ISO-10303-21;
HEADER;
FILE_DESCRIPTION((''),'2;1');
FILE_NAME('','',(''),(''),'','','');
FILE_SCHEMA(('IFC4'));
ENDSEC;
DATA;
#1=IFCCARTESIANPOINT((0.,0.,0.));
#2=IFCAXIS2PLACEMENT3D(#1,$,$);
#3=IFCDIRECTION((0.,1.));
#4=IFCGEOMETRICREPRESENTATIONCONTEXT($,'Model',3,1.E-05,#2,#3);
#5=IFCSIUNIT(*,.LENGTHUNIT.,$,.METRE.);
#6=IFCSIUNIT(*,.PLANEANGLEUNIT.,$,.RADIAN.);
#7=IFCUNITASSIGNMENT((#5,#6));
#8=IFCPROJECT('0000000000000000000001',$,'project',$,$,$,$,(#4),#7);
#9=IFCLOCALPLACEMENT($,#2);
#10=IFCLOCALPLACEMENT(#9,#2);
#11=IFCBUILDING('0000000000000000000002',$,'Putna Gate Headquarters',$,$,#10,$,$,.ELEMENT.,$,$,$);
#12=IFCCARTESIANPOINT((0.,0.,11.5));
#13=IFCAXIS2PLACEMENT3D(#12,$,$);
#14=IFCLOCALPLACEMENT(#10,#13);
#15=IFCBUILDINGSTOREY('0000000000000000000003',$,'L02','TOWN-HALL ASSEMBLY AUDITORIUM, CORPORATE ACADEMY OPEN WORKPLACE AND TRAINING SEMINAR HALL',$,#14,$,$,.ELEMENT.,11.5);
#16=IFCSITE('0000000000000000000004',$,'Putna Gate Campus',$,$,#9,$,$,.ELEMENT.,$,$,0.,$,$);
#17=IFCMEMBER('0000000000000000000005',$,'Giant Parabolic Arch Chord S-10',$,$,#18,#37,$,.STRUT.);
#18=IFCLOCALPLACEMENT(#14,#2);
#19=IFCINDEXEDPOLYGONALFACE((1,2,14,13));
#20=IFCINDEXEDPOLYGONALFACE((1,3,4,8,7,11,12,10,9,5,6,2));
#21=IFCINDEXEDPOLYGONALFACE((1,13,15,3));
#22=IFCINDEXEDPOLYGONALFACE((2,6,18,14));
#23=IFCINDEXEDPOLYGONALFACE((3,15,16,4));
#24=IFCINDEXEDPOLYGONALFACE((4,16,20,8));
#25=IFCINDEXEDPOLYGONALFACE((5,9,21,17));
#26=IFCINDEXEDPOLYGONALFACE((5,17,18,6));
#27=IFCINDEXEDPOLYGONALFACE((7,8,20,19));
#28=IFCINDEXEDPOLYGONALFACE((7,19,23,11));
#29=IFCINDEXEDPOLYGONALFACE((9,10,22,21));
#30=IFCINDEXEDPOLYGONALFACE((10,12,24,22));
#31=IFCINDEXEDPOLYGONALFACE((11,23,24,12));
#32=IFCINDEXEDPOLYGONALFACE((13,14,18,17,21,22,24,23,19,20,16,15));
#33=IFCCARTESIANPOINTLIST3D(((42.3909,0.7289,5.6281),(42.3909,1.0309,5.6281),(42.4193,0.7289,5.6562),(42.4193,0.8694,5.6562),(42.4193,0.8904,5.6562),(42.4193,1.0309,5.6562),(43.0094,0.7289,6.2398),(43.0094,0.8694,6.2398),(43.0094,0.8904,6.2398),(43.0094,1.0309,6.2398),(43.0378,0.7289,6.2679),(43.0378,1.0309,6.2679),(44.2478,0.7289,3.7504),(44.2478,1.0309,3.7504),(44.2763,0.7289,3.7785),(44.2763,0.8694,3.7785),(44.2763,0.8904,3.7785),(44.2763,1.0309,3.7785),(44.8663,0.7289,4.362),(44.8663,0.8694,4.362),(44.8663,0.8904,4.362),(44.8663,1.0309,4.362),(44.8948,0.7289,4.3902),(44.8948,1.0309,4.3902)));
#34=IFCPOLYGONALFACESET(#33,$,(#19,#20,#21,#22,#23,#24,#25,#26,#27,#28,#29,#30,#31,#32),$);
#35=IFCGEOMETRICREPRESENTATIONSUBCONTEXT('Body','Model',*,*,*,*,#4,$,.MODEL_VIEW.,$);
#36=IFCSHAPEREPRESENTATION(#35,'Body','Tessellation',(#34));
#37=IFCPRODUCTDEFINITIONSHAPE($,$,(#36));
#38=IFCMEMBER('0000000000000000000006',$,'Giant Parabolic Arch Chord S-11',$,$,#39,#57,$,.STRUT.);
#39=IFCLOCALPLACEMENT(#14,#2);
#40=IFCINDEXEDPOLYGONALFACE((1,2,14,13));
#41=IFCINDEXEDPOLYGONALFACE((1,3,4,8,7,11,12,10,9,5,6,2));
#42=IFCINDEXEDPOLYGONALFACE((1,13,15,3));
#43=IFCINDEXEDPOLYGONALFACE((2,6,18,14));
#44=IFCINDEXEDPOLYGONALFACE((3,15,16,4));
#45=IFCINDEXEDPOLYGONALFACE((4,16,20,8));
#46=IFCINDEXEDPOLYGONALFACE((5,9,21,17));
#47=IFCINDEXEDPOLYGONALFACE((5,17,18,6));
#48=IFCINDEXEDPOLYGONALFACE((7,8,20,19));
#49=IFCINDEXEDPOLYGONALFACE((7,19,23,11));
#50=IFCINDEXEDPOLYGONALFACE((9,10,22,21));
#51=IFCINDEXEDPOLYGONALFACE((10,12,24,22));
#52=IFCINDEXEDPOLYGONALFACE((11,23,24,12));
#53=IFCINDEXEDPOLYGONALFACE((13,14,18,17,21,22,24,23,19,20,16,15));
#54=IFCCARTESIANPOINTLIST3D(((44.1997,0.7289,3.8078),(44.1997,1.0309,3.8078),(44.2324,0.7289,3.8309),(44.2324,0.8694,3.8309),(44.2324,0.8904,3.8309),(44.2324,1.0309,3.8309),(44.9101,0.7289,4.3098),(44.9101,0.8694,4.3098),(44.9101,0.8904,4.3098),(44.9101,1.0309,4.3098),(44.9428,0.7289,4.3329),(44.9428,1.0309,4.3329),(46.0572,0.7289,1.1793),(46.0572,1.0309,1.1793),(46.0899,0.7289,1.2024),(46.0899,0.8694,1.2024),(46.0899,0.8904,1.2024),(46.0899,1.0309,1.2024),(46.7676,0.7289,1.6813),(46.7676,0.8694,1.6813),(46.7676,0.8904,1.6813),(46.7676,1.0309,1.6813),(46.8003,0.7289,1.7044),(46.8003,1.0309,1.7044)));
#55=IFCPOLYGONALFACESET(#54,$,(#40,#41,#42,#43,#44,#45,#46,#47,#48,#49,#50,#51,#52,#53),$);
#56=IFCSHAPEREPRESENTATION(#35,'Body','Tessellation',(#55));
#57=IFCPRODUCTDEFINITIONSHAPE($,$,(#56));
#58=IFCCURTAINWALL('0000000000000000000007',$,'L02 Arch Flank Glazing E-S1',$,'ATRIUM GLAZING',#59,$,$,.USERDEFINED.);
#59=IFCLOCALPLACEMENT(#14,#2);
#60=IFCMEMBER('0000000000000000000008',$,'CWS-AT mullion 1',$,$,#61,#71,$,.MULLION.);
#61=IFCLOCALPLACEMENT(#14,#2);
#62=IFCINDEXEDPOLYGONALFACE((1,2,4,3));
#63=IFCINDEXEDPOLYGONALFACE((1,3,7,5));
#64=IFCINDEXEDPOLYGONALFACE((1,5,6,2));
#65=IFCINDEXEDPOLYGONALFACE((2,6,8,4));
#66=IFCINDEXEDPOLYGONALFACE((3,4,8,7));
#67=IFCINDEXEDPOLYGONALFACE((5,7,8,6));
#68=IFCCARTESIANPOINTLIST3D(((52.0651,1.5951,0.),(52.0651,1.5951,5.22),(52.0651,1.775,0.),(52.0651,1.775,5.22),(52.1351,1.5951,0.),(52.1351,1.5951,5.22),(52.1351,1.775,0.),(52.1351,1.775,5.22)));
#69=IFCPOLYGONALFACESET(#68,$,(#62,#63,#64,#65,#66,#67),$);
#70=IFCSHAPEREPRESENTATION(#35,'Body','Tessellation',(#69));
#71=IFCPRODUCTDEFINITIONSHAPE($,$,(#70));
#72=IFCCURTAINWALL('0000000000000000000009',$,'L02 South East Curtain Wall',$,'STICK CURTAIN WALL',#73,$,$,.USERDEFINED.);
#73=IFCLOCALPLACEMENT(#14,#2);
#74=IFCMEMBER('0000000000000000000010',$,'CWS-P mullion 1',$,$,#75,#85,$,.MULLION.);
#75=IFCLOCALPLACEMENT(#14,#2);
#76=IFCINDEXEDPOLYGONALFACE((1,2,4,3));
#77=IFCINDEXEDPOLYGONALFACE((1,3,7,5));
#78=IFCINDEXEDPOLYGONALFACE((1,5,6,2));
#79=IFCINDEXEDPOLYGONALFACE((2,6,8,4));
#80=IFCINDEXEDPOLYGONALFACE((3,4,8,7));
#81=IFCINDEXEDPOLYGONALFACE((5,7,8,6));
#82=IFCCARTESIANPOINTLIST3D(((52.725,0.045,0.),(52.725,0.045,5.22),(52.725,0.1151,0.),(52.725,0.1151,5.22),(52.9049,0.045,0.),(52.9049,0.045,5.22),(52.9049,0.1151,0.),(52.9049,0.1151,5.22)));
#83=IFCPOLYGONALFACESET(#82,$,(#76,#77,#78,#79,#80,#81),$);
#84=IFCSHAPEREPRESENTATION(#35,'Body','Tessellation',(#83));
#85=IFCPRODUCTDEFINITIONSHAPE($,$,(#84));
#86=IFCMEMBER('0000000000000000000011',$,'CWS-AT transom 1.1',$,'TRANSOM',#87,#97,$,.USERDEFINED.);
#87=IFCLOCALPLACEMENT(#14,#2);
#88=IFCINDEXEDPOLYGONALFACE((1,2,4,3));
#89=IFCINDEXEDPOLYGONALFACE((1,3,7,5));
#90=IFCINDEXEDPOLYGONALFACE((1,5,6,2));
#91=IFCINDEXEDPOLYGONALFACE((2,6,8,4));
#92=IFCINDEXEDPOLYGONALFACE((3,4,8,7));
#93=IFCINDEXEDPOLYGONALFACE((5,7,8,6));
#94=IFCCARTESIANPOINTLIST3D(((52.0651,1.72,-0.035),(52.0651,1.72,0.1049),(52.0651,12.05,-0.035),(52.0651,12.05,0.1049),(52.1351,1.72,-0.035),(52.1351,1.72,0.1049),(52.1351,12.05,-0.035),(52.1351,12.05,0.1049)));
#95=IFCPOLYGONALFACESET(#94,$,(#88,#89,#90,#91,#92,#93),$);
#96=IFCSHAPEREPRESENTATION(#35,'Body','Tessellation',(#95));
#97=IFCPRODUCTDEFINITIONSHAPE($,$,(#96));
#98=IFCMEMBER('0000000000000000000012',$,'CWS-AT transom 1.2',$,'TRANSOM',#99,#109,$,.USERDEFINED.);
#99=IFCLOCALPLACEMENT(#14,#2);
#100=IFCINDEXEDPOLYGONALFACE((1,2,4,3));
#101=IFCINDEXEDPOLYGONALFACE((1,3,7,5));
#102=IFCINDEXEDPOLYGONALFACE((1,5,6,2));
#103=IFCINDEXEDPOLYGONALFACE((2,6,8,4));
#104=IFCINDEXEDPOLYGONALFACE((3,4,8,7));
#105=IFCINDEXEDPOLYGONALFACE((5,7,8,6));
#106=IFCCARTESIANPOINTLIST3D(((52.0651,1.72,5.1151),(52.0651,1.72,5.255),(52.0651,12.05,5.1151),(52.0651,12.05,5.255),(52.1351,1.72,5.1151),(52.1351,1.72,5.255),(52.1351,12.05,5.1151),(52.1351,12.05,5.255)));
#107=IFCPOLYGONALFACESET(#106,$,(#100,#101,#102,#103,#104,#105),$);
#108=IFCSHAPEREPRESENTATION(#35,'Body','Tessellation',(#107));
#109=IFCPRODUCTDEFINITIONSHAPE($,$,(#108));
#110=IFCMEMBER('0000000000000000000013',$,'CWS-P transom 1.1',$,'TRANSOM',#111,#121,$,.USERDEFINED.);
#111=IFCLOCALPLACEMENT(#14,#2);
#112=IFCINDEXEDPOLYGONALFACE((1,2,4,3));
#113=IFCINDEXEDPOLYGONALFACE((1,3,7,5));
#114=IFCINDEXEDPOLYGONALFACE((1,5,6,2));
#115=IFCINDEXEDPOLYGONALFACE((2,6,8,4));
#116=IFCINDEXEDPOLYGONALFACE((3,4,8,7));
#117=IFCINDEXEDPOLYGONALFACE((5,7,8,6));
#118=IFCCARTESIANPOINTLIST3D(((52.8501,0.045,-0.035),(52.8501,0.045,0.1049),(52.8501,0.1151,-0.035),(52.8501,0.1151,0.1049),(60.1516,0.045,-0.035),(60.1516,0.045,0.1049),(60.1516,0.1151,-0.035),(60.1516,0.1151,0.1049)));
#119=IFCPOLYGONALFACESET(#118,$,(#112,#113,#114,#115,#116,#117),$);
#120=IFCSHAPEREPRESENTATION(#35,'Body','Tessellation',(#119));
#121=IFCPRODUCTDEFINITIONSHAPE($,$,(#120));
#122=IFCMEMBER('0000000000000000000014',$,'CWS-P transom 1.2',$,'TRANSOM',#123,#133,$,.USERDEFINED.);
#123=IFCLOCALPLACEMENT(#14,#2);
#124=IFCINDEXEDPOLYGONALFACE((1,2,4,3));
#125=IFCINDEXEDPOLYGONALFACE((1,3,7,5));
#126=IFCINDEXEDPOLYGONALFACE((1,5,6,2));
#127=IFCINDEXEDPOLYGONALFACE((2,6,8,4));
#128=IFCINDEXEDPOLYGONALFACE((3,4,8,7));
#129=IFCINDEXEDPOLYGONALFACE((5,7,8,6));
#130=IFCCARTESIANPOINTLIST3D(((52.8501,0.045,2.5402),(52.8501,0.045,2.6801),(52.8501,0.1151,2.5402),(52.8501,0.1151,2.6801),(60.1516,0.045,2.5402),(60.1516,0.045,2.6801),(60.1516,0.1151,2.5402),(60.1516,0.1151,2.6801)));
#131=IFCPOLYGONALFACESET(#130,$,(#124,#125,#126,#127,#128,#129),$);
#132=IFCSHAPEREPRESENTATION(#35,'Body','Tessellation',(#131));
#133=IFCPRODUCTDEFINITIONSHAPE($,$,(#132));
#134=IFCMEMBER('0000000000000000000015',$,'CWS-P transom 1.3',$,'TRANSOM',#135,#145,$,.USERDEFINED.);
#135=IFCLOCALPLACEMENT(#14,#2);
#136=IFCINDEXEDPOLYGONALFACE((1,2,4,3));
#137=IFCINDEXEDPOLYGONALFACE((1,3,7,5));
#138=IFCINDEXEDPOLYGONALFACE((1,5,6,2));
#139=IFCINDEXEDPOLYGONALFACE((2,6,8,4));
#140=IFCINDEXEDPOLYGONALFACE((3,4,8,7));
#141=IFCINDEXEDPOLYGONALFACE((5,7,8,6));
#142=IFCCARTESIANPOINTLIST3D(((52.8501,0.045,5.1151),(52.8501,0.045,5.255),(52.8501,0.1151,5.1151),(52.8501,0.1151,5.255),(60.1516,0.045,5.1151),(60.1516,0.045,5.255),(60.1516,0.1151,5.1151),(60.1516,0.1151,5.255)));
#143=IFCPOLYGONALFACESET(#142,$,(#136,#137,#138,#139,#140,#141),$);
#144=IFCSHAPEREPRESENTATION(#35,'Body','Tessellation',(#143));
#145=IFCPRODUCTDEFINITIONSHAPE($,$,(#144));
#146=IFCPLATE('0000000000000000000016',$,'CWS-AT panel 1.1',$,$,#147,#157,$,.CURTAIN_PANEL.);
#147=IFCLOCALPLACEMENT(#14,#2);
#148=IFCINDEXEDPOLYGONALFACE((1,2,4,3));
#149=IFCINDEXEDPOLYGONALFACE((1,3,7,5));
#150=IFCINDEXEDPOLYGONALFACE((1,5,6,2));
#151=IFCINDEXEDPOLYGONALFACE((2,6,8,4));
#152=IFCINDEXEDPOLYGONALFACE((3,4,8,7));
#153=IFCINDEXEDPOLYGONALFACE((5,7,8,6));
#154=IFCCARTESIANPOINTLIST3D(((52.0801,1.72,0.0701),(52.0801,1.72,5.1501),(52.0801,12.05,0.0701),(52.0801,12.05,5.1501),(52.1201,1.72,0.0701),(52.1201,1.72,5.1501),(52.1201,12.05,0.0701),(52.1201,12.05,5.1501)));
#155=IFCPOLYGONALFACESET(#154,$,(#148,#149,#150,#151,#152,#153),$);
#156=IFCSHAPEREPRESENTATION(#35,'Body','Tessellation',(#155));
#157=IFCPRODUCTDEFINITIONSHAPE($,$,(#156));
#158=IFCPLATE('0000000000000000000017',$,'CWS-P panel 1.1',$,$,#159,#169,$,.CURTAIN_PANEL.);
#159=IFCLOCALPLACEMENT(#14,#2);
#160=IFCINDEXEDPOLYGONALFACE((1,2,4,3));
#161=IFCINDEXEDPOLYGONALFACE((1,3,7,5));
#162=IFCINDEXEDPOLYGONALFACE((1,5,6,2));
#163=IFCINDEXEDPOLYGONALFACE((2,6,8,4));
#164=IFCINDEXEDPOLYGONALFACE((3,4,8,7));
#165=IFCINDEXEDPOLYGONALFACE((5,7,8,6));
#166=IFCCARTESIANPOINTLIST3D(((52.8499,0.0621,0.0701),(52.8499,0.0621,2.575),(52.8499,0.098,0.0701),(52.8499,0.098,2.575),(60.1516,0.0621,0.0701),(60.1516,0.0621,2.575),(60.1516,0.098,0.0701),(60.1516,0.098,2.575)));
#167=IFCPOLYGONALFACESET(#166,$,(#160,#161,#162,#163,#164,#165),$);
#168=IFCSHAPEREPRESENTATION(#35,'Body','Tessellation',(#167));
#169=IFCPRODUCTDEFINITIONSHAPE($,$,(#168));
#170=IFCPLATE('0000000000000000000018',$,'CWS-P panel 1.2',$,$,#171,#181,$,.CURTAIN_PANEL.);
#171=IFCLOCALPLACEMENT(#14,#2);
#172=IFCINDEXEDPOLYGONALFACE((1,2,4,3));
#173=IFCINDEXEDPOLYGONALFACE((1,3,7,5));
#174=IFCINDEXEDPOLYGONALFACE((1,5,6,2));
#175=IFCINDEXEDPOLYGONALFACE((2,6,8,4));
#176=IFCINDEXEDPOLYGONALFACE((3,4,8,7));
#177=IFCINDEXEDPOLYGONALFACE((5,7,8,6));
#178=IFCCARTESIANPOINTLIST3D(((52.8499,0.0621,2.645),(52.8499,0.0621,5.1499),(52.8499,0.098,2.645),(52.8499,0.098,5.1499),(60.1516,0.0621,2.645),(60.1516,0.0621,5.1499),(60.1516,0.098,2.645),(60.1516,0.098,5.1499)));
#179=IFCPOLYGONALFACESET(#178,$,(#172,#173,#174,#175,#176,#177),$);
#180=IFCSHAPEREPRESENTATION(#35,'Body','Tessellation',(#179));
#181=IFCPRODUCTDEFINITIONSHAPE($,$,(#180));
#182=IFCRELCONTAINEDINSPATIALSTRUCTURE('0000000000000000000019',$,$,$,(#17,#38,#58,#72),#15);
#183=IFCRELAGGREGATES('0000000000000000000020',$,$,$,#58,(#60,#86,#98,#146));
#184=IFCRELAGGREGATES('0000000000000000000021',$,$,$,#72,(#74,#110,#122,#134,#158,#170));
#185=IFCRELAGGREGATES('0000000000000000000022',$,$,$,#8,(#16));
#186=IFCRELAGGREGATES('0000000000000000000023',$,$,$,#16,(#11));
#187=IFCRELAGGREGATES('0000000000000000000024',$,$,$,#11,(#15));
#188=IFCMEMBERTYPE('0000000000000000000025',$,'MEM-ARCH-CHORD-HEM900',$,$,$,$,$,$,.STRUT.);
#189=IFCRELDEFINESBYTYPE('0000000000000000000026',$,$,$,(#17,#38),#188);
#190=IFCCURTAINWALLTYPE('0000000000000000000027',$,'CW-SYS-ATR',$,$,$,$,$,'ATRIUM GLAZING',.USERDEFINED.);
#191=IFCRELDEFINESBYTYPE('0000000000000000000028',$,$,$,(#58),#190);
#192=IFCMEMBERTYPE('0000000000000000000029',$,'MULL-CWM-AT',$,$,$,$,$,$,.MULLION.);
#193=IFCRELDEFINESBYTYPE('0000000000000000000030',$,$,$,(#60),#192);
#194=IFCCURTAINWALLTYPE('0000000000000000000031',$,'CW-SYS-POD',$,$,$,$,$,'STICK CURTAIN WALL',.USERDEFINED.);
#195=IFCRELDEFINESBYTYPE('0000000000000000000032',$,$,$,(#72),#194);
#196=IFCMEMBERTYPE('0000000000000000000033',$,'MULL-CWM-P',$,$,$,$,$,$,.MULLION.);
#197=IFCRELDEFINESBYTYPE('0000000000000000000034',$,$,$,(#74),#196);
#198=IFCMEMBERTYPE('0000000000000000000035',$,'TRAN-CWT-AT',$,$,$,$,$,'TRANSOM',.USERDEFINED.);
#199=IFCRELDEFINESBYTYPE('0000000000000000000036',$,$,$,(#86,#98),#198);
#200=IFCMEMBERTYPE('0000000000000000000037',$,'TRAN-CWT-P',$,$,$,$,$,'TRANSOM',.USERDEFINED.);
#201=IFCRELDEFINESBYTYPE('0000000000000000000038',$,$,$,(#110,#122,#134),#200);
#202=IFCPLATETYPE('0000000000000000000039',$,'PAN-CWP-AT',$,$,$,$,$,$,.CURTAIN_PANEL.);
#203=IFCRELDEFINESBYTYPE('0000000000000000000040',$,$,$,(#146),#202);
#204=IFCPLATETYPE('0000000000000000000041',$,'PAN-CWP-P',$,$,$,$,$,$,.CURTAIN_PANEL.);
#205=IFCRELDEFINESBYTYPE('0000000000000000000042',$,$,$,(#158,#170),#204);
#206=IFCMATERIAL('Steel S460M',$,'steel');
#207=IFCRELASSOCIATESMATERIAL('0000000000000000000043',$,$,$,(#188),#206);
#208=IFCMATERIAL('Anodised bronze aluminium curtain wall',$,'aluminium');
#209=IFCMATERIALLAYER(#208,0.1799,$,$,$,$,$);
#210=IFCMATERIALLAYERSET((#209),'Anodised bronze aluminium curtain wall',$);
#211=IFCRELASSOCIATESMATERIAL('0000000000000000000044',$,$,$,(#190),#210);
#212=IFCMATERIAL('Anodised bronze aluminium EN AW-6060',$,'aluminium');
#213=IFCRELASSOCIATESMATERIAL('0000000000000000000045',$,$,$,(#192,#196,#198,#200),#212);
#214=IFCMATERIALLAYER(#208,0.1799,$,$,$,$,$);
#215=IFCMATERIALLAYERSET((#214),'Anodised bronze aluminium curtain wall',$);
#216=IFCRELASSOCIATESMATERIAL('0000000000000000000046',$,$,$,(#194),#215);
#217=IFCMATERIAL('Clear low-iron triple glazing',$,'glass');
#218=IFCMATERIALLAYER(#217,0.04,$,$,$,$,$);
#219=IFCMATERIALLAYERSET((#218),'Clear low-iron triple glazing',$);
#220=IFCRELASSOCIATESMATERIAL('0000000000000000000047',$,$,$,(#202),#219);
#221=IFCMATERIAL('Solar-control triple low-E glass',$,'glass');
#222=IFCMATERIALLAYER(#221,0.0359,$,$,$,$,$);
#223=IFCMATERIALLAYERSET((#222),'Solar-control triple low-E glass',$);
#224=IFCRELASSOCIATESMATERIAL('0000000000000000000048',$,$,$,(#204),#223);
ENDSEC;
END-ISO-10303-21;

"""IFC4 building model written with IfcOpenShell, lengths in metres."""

from ifc_helpers import new_model, si_unit, direction, frame, origin, origin_2d, place, context, subcontext, project, spatial, rectangle, i_section, extrude, material, layer, layer_set, material_profile, profile_set, type_object, element, aggregate, save


model = new_model("IFC4")

# Units and contexts
model_context = context("Model", 3, precision=1e-05, world=origin(), true_north=direction((0.0, 1.0)))
body_context = subcontext(model_context, "Body", "Model", "MODEL_VIEW")
ifc_project = project(units=[si_unit("LENGTHUNIT", "METRE"), si_unit("PLANEANGLEUNIT", "RADIAN")], contexts=[model_context])

# Site, building, storey
site_placement = place(None, origin())
site = spatial("IfcSite", under=ifc_project, at=site_placement, Name="Putna Gate Campus", CompositionType="ELEMENT", RefElevation=0.0)
building_placement = place(site_placement, origin())
building = spatial("IfcBuilding", under=site, at=building_placement, Name="Putna Gate Headquarters", CompositionType="ELEMENT")
storey_placement = place(building_placement, frame((0.0, 0.0, 11.5)))
storey = spatial("IfcBuildingStorey", under=building, at=storey_placement, Name="L02", Description="TOWN-HALL ASSEMBLY AUDITORIUM, CORPORATE ACADEMY OPEN WORKPLACE AND TRAINING SEMINAR HALL", CompositionType="ELEMENT", Elevation=11.5)

# Members
ifc_material_1 = material(Name="Steel S460M", Category="steel")
ifc_material_profile_1 = material_profile(ifc_material_1, i_section(OverallWidth=0.302, OverallDepth=0.9099, WebThickness=0.021, FlangeThickness=0.04, at=origin_2d()), Name="Steel S460M")
ifc_profile_set_1 = profile_set([ifc_material_profile_1], Name="Steel S460M")
member_type_1 = type_object("IfcMemberType", Name="MEM-ARCH-CHORD-HEM900", PredefinedType="STRUT", material=ifc_profile_set_1)
member_1_placement = place(storey_placement, frame((42.7144, 0.8799, 5.948), z_axis=(0.703167, 0.0, -0.711025), x_axis=(0.0, 1.0, 0.0)))
element("IfcMember", 1, at=member_1_placement, inside=storey, type_object=member_type_1, Name="Giant Parabolic Arch Chord S-10", PredefinedType="STRUT", context=body_context, shape_type="SweptSolid", body=[
    extrude(i_section(OverallWidth=0.302, OverallDepth=0.9099, WebThickness=0.021, FlangeThickness=0.04, at=origin_2d()), origin(), (0.0, 0.0, 1.0), 2.6409),
])
member_2_placement = place(storey_placement, frame((44.5713, 0.8799, 4.0703), z_axis=(0.577112, 0.0, -0.816665), x_axis=(0.0, 1.0, 0.0)))
element("IfcMember", 2, at=member_2_placement, inside=storey, type_object=member_type_1, Name="Giant Parabolic Arch Chord S-11", PredefinedType="STRUT", context=body_context, shape_type="SweptSolid", body=[
    extrude(i_section(OverallWidth=0.302, OverallDepth=0.9099, WebThickness=0.021, FlangeThickness=0.04, at=origin_2d()), origin(), (0.0, 0.0, 1.0), 3.2185),
])

# Curtain walls, members
ifc_material_2 = material(Name="Anodised bronze aluminium curtain wall", Category="aluminium")
ifc_layer_1 = layer(ifc_material_2, 0.1799)
ifc_layer_set_1 = layer_set([ifc_layer_1], Name="Anodised bronze aluminium curtain wall")
curtain_wall_type_1 = type_object("IfcCurtainWallType", Name="CW-SYS-ATR", ElementType="ATRIUM GLAZING", PredefinedType="USERDEFINED", material=ifc_layer_set_1)
curtain_wall_1_placement = place(storey_placement, origin())
curtain_wall_1 = element("IfcCurtainWall", 3, at=curtain_wall_1_placement, inside=storey, type_object=curtain_wall_type_1, Name="L02 Arch Flank Glazing E-S1", ObjectType="ATRIUM GLAZING", PredefinedType="USERDEFINED")
ifc_material_3 = material(Name="Anodised bronze aluminium EN AW-6060", Category="aluminium")
ifc_material_profile_2 = material_profile(ifc_material_3, rectangle(XDim=0.0701, YDim=0.1799, at=origin_2d()), Name="Anodised bronze aluminium EN AW-6060")
ifc_profile_set_2 = profile_set([ifc_material_profile_2], Name="Anodised bronze aluminium EN AW-6060")
member_type_2 = type_object("IfcMemberType", Name="MULL-CWM-AT", PredefinedType="MULLION", material=ifc_profile_set_2)
member_3_placement = place(storey_placement, frame((52.1001, 1.6851, 0.0), z_axis=(0.0, 0.0, 1.0), x_axis=(-1.0, 0.0, 0.0)))
member_3 = element("IfcMember", 4, at=member_3_placement, type_object=member_type_2, Name="CWS-AT mullion 1", PredefinedType="MULLION", context=body_context, shape_type="SweptSolid", body=[
    extrude(rectangle(XDim=0.0701, YDim=0.1799, at=origin_2d()), origin(), (0.0, 0.0, 1.0), 5.22),
])
ifc_layer_2 = layer(ifc_material_2, 0.1799)
ifc_layer_set_2 = layer_set([ifc_layer_2], Name="Anodised bronze aluminium curtain wall")
curtain_wall_type_2 = type_object("IfcCurtainWallType", Name="CW-SYS-POD", ElementType="STICK CURTAIN WALL", PredefinedType="USERDEFINED", material=ifc_layer_set_2)
curtain_wall_2_placement = place(storey_placement, origin())
curtain_wall_2 = element("IfcCurtainWall", 5, at=curtain_wall_2_placement, inside=storey, type_object=curtain_wall_type_2, Name="L02 South East Curtain Wall", ObjectType="STICK CURTAIN WALL", PredefinedType="USERDEFINED")
ifc_material_profile_3 = material_profile(ifc_material_3, rectangle(XDim=0.0701, YDim=0.1799, at=origin_2d()), Name="Anodised bronze aluminium EN AW-6060")
ifc_profile_set_3 = profile_set([ifc_material_profile_3], Name="Anodised bronze aluminium EN AW-6060")
member_type_3 = type_object("IfcMemberType", Name="MULL-CWM-P", PredefinedType="MULLION", material=ifc_profile_set_3)
member_4_placement = place(storey_placement, frame((52.8149, 0.0801, 0.0), z_axis=(0.0, 0.0, 1.0), x_axis=(0.0, 1.0, 0.0)))
member_4 = element("IfcMember", 6, at=member_4_placement, type_object=member_type_3, Name="CWS-P mullion 1", PredefinedType="MULLION", context=body_context, shape_type="SweptSolid", body=[
    extrude(rectangle(XDim=0.0701, YDim=0.1799, at=origin_2d()), origin(), (0.0, 0.0, 1.0), 5.22),
])

# Members
ifc_material_profile_4 = material_profile(ifc_material_3, rectangle(XDim=0.0701, YDim=0.1399, at=origin_2d()), Name="Anodised bronze aluminium EN AW-6060")
ifc_profile_set_4 = profile_set([ifc_material_profile_4], Name="Anodised bronze aluminium EN AW-6060")
member_type_4 = type_object("IfcMemberType", Name="TRAN-CWT-AT", ElementType="TRANSOM", PredefinedType="USERDEFINED", material=ifc_profile_set_4)
member_5_placement = place(storey_placement, frame((52.1001, 1.72, 0.0349), z_axis=(0.0, 1.0, 0.0), x_axis=(-1.0, 0.0, 0.0)))
member_5 = element("IfcMember", 7, at=member_5_placement, type_object=member_type_4, Name="CWS-AT transom 1.1", ObjectType="TRANSOM", PredefinedType="USERDEFINED", context=body_context, shape_type="SweptSolid", body=[
    extrude(rectangle(XDim=0.0701, YDim=0.1399, at=origin_2d()), origin(), (0.0, 0.0, 1.0), 10.3301),
])
member_6_placement = place(storey_placement, frame((52.1001, 1.72, 5.1851), z_axis=(0.0, 1.0, 0.0), x_axis=(-1.0, 0.0, 0.0)))
member_6 = element("IfcMember", 8, at=member_6_placement, type_object=member_type_4, Name="CWS-AT transom 1.2", ObjectType="TRANSOM", PredefinedType="USERDEFINED", context=body_context, shape_type="SweptSolid", body=[
    extrude(rectangle(XDim=0.0701, YDim=0.1399, at=origin_2d()), origin(), (0.0, 0.0, 1.0), 10.3301),
])
ifc_material_profile_5 = material_profile(ifc_material_3, rectangle(XDim=0.0701, YDim=0.1399, at=origin_2d()), Name="Anodised bronze aluminium EN AW-6060")
ifc_profile_set_5 = profile_set([ifc_material_profile_5], Name="Anodised bronze aluminium EN AW-6060")
member_type_5 = type_object("IfcMemberType", Name="TRAN-CWT-P", ElementType="TRANSOM", PredefinedType="USERDEFINED", material=ifc_profile_set_5)
member_7_placement = place(storey_placement, frame((52.8501, 0.0801, 0.0349), z_axis=(1.0, 0.0, 0.0), x_axis=(0.0, 1.0, 0.0)))
member_7 = element("IfcMember", 9, at=member_7_placement, type_object=member_type_5, Name="CWS-P transom 1.1", ObjectType="TRANSOM", PredefinedType="USERDEFINED", context=body_context, shape_type="SweptSolid", body=[
    extrude(rectangle(XDim=0.0701, YDim=0.1399, at=origin_2d()), origin(), (0.0, 0.0, 1.0), 7.3015),
])
member_8_placement = place(storey_placement, frame((52.8501, 0.0801, 2.6101), z_axis=(1.0, 0.0, 0.0), x_axis=(0.0, 1.0, 0.0)))
member_8 = element("IfcMember", 10, at=member_8_placement, type_object=member_type_5, Name="CWS-P transom 1.2", ObjectType="TRANSOM", PredefinedType="USERDEFINED", context=body_context, shape_type="SweptSolid", body=[
    extrude(rectangle(XDim=0.0701, YDim=0.1399, at=origin_2d()), origin(), (0.0, 0.0, 1.0), 7.3015),
])
member_9_placement = place(storey_placement, frame((52.8501, 0.0801, 5.1851), z_axis=(1.0, 0.0, 0.0), x_axis=(0.0, 1.0, 0.0)))
member_9 = element("IfcMember", 11, at=member_9_placement, type_object=member_type_5, Name="CWS-P transom 1.3", ObjectType="TRANSOM", PredefinedType="USERDEFINED", context=body_context, shape_type="SweptSolid", body=[
    extrude(rectangle(XDim=0.0701, YDim=0.1399, at=origin_2d()), origin(), (0.0, 0.0, 1.0), 7.3015),
])

# Plates
ifc_material_4 = material(Name="Clear low-iron triple glazing", Category="glass")
ifc_layer_3 = layer(ifc_material_4, 0.04)
ifc_layer_set_3 = layer_set([ifc_layer_3], Name="Clear low-iron triple glazing")
plate_type_1 = type_object("IfcPlateType", Name="PAN-CWP-AT", PredefinedType="CURTAIN_PANEL", material=ifc_layer_set_3)
plate_1_placement = place(storey_placement, frame((52.1001, 6.885, 0.0701), z_axis=(0.0, 0.0, 1.0), x_axis=(0.0, 1.0, 0.0)))
plate_1 = element("IfcPlate", 12, at=plate_1_placement, type_object=plate_type_1, Name="CWS-AT panel 1.1", PredefinedType="CURTAIN_PANEL", context=body_context, shape_type="SweptSolid", body=[
    extrude(rectangle(XDim=10.3301, YDim=0.04, at=origin_2d()), origin(), (0.0, 0.0, 1.0), 5.0801),
])
aggregate(curtain_wall_1, [member_3, member_5, member_6, plate_1])
ifc_material_5 = material(Name="Solar-control triple low-E glass", Category="glass")
ifc_layer_4 = layer(ifc_material_5, 0.0359)
ifc_layer_set_4 = layer_set([ifc_layer_4], Name="Solar-control triple low-E glass")
plate_type_2 = type_object("IfcPlateType", Name="PAN-CWP-P", PredefinedType="CURTAIN_PANEL", material=ifc_layer_set_4)
plate_2_placement = place(storey_placement, frame((56.5007, 0.0801, 0.0701), z_axis=(0.0, 0.0, 1.0), x_axis=(1.0, 0.0, 0.0)))
plate_2 = element("IfcPlate", 13, at=plate_2_placement, type_object=plate_type_2, Name="CWS-P panel 1.1", PredefinedType="CURTAIN_PANEL", context=body_context, shape_type="SweptSolid", body=[
    extrude(rectangle(XDim=7.3018, YDim=0.0359, at=origin_2d()), origin(), (0.0, 0.0, 1.0), 2.5049),
])
plate_3_placement = place(storey_placement, frame((56.5007, 0.0801, 2.645), z_axis=(0.0, 0.0, 1.0), x_axis=(1.0, 0.0, 0.0)))
plate_3 = element("IfcPlate", 14, at=plate_3_placement, type_object=plate_type_2, Name="CWS-P panel 1.2", PredefinedType="CURTAIN_PANEL", context=body_context, shape_type="SweptSolid", body=[
    extrude(rectangle(XDim=7.3018, YDim=0.0359, at=origin_2d()), origin(), (0.0, 0.0, 1.0), 2.5049),
])
aggregate(curtain_wall_2, [member_4, member_7, member_8, member_9, plate_2, plate_3])

save(model, "model.ifc")
